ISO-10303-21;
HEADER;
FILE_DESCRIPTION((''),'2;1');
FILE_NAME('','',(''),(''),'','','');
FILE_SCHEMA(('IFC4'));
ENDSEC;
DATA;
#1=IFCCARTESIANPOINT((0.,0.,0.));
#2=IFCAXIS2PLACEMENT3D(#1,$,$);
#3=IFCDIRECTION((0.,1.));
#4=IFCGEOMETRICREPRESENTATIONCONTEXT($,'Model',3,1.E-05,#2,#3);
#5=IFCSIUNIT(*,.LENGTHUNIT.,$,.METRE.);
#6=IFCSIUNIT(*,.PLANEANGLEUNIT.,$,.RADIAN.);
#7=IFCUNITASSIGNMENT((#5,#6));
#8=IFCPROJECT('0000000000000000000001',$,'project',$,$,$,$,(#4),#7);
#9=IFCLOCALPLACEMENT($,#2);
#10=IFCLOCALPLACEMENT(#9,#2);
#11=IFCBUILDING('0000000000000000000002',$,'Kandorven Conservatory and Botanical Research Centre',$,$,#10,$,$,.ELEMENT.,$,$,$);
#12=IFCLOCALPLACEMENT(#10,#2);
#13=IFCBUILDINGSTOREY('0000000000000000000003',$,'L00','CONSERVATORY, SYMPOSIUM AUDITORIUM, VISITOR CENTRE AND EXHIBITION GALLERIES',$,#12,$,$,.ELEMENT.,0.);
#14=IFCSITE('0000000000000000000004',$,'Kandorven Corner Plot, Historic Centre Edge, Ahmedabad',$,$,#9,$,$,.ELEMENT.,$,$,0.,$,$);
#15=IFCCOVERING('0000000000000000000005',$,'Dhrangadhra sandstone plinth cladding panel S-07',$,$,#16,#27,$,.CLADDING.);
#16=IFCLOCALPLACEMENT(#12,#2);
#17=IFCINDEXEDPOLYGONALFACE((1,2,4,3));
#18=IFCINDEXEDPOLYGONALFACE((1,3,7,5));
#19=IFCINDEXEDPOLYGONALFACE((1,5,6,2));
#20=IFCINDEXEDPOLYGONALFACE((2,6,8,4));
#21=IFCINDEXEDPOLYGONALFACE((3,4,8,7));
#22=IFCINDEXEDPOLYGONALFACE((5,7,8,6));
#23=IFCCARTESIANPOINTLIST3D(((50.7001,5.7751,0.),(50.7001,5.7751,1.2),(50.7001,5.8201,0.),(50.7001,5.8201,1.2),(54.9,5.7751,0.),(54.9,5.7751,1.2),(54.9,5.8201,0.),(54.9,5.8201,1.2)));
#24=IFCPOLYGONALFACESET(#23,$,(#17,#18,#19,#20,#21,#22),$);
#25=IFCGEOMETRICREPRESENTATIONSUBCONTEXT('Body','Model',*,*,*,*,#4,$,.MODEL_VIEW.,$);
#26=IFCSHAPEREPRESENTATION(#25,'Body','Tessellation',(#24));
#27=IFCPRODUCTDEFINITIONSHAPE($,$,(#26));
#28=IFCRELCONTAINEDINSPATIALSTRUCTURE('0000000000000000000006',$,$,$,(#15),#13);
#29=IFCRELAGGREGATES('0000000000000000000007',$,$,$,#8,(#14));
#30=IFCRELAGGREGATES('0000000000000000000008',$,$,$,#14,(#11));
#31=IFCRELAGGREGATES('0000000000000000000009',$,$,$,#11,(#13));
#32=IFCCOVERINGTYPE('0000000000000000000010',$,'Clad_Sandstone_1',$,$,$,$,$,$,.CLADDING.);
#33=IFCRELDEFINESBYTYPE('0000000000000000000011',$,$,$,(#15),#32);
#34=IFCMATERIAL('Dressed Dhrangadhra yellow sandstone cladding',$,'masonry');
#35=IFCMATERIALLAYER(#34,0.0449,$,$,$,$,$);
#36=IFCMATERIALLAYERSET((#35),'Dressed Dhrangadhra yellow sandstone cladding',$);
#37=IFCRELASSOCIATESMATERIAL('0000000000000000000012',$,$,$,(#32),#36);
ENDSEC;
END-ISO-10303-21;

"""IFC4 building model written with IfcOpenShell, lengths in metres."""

from ifc_helpers import new_model, si_unit, direction, frame, origin, origin_2d, place, context, subcontext, project, spatial, rectangle, extrude, material, layer, layer_set, type_object, element, save


model = new_model("IFC4")

# Units and contexts
model_context = context("Model", 3, precision=1e-05, world=origin(), true_north=direction((0.0, 1.0)))
body_context = subcontext(model_context, "Body", "Model", "MODEL_VIEW")
ifc_project = project(units=[si_unit("LENGTHUNIT", "METRE"), si_unit("PLANEANGLEUNIT", "RADIAN")], contexts=[model_context])

# Site, building, storey
site_placement = place(None, origin())
site = spatial("IfcSite", under=ifc_project, at=site_placement, Name="Kandorven Corner Plot, Historic Centre Edge, Ahmedabad", CompositionType="ELEMENT", RefElevation=0.0)
building_placement = place(site_placement, origin())
building = spatial("IfcBuilding", under=site, at=building_placement, Name="Kandorven Conservatory and Botanical Research Centre", CompositionType="ELEMENT")
storey_placement = place(building_placement, origin())
storey = spatial("IfcBuildingStorey", under=building, at=storey_placement, Name="L00", Description="CONSERVATORY, SYMPOSIUM AUDITORIUM, VISITOR CENTRE AND EXHIBITION GALLERIES", CompositionType="ELEMENT", Elevation=0.0)

# Covering
ifc_material_1 = material(Name="Dressed Dhrangadhra yellow sandstone cladding", Category="masonry")
ifc_layer_1 = layer(ifc_material_1, 0.0449)
ifc_layer_set_1 = layer_set([ifc_layer_1], Name="Dressed Dhrangadhra yellow sandstone cladding")
covering_type = type_object("IfcCoveringType", Name="Clad_Sandstone_1", PredefinedType="CLADDING", material=ifc_layer_set_1)
covering_placement = place(storey_placement, frame((52.8, 5.7976, 0.0), z_axis=(0.0, 0.0, 1.0), x_axis=(1.0, 0.0, 0.0)))
element("IfcCovering", 1, at=covering_placement, inside=storey, type_object=covering_type, Name="Dhrangadhra sandstone plinth cladding panel S-07", PredefinedType="CLADDING", context=body_context, shape_type="SweptSolid", body=[
    extrude(rectangle(XDim=4.2, YDim=0.0449, at=origin_2d()), origin(), (0.0, 0.0, 1.0), 1.2),
])

save(model, "model.ifc")
